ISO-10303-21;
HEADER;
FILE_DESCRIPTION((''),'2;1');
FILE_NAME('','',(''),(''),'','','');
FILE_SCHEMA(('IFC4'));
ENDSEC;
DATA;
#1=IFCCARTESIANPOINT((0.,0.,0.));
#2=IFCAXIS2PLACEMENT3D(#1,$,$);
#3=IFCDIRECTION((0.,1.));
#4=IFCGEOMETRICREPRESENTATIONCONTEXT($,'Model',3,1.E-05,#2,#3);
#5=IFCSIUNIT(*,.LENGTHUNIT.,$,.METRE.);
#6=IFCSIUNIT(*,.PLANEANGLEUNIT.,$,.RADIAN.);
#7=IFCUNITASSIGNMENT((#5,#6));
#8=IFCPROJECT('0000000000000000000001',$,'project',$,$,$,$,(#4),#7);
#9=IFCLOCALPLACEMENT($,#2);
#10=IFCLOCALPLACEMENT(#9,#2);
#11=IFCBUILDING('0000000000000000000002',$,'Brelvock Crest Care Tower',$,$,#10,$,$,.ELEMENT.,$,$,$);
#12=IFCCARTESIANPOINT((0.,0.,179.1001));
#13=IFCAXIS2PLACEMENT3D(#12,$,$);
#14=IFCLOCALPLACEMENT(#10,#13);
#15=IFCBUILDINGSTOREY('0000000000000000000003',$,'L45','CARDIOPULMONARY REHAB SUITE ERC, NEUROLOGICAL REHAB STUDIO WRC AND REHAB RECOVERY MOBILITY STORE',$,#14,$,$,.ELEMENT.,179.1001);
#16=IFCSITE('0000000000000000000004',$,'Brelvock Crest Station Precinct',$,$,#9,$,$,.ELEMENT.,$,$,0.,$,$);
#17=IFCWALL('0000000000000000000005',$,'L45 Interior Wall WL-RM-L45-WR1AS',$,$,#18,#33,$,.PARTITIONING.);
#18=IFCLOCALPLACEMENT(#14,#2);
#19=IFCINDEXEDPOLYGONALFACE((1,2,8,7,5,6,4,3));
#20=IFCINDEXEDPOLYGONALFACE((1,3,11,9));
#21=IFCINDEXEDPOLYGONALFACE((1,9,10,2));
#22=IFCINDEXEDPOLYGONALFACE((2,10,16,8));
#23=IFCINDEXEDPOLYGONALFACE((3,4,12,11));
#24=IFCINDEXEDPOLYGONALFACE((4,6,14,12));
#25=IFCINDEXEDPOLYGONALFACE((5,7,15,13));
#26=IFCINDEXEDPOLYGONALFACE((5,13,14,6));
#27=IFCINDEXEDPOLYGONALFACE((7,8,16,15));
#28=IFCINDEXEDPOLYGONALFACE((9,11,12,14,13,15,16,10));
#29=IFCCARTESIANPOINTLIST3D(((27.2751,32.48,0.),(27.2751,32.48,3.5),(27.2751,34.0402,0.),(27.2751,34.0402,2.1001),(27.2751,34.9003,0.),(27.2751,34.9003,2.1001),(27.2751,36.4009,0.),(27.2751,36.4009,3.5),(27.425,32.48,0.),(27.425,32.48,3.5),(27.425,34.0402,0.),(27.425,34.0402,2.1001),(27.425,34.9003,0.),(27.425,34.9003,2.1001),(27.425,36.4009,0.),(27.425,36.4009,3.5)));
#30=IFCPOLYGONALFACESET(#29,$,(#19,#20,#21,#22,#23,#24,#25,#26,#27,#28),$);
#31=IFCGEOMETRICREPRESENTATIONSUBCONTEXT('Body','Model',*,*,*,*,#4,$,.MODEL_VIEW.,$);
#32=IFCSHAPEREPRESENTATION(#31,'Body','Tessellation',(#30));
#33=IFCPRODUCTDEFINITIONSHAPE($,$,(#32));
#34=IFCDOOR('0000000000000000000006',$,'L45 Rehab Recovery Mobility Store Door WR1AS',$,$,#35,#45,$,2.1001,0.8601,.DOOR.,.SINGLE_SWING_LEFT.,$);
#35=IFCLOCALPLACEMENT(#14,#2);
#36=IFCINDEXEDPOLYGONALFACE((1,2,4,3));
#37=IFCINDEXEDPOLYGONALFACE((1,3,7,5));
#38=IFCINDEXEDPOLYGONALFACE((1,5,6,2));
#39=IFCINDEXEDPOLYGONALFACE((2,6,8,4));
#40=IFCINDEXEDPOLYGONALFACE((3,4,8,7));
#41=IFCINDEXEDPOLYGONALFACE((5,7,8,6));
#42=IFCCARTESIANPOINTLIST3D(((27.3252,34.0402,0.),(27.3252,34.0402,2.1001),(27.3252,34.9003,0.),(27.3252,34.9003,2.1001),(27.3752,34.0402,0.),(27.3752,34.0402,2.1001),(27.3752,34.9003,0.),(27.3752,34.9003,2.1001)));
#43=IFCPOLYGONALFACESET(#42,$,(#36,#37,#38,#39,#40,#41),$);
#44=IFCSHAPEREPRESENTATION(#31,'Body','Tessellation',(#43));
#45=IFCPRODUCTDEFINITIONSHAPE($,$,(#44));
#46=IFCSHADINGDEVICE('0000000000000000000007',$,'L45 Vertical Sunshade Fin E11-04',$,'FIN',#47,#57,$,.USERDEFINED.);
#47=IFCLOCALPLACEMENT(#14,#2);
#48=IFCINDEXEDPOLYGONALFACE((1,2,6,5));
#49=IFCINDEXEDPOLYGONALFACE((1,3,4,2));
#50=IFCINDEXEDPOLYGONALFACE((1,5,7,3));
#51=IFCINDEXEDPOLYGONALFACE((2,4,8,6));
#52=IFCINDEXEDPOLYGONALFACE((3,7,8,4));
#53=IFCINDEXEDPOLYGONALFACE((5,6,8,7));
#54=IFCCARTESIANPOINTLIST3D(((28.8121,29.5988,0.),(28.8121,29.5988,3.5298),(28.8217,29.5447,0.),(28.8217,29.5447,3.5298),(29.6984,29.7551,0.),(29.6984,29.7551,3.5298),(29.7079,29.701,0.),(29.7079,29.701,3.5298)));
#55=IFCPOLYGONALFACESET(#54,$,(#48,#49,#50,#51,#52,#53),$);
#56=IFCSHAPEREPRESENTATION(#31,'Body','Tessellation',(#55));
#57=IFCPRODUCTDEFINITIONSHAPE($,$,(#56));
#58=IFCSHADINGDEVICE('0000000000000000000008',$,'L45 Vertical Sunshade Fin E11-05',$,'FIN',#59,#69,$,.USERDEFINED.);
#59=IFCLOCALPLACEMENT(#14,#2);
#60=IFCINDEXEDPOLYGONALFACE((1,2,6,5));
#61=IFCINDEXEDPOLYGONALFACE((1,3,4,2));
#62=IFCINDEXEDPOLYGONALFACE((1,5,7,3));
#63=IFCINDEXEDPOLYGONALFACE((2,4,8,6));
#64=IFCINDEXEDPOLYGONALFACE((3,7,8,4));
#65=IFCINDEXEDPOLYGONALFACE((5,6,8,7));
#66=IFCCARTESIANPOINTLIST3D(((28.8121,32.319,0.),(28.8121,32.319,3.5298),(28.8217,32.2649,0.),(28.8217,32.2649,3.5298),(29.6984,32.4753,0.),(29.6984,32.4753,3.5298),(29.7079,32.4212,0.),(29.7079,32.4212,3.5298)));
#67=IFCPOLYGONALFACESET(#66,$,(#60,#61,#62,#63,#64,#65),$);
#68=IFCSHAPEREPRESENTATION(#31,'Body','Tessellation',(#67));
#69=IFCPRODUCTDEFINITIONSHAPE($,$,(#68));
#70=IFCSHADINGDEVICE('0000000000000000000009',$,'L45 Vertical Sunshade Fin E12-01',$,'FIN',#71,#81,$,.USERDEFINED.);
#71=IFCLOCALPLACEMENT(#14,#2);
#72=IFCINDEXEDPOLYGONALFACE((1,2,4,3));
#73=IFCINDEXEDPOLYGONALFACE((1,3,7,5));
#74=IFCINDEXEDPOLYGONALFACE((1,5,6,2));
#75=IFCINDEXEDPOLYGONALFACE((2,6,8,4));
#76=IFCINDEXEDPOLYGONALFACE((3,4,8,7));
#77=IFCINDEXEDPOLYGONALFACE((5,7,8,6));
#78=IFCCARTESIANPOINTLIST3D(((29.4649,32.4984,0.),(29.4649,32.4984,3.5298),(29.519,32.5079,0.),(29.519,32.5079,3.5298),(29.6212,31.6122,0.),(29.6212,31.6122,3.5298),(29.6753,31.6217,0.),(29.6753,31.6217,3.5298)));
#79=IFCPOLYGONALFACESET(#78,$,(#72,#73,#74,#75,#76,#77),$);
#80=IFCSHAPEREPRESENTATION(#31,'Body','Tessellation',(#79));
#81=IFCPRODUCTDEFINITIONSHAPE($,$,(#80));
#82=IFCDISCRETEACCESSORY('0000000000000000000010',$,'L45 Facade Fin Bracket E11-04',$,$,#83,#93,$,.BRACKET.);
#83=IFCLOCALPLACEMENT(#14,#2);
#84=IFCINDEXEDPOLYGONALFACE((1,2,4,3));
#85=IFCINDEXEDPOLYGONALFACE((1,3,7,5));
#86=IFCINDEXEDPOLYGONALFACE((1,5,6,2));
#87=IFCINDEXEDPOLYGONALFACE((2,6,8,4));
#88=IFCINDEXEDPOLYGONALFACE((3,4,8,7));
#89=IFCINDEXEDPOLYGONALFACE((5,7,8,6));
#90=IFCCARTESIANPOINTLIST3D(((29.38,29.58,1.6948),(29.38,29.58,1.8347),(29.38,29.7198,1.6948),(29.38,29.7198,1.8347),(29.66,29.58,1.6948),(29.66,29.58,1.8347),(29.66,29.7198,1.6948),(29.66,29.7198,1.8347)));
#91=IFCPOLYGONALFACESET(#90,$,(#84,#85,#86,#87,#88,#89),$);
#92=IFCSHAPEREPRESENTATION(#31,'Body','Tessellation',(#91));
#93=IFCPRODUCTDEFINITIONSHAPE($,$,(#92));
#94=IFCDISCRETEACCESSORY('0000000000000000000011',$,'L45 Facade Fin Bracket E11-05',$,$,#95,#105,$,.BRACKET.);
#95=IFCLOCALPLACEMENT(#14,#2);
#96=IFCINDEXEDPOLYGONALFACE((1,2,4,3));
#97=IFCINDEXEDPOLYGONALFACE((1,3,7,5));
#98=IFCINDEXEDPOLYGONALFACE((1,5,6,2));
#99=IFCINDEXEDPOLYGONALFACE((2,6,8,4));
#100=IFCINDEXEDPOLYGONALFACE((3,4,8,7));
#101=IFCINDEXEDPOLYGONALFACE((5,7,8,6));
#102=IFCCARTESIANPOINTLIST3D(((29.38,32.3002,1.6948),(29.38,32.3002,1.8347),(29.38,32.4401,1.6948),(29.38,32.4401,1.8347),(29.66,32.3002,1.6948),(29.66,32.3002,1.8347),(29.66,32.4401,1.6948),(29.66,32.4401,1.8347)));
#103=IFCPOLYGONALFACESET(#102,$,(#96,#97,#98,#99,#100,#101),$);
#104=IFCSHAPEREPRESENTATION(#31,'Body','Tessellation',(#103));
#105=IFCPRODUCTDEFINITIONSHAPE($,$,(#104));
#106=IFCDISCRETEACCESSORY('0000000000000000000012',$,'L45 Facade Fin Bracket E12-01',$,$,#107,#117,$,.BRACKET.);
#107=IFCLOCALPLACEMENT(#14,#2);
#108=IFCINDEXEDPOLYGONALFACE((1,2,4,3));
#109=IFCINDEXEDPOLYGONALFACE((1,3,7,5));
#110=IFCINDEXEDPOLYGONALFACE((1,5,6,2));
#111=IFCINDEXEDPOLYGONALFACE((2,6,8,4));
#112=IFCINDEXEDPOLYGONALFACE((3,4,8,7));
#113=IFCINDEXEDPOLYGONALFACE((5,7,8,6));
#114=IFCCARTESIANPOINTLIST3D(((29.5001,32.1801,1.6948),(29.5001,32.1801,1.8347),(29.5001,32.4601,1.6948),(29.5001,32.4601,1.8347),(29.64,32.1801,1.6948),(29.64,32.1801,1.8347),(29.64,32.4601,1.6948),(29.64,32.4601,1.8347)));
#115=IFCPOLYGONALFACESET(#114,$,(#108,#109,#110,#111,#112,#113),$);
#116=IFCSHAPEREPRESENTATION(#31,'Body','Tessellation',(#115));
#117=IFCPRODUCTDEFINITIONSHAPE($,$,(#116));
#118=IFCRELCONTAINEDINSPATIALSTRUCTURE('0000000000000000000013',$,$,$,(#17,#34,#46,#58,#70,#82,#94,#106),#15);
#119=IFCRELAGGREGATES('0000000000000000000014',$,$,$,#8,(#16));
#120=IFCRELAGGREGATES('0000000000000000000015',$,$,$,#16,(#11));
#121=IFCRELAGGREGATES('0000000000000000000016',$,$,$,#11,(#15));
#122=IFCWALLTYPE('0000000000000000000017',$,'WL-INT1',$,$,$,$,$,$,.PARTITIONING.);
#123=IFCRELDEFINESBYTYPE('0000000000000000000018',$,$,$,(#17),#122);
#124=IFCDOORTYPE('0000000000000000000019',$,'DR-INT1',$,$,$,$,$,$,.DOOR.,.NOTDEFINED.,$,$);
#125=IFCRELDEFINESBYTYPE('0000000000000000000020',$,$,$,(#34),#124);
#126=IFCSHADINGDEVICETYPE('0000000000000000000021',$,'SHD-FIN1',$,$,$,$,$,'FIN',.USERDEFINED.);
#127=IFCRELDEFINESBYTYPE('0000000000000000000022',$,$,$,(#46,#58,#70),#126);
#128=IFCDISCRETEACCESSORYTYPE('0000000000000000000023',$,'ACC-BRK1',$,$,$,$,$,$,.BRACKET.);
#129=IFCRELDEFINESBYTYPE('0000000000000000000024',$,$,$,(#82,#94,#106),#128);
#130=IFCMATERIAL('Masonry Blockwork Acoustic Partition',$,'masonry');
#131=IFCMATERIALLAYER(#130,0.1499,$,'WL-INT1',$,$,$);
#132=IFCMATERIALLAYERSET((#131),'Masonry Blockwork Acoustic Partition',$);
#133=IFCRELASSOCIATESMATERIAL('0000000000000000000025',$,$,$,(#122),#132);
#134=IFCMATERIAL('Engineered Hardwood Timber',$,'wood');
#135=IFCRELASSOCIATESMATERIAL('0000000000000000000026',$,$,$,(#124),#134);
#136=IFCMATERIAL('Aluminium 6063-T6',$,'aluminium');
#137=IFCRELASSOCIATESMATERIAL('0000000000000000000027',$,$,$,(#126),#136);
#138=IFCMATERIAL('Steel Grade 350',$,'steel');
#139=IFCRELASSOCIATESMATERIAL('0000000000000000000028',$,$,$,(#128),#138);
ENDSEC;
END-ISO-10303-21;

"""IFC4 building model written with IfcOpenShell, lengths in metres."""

from ifc_helpers import new_model, si_unit, direction, frame, frame_2d, origin, origin_2d, place, context, subcontext, project, spatial, rectangle, extrude, source, transform, mapped, material, layer, layer_set, material_profile, profile_set, type_object, element, fill, save


model = new_model("IFC4")

# Units and contexts
model_context = context("Model", 3, precision=1e-05, world=origin(), true_north=direction((0.0, 1.0)))
body_context = subcontext(model_context, "Body", "Model", "MODEL_VIEW")
ifc_project = project(units=[si_unit("LENGTHUNIT", "METRE"), si_unit("PLANEANGLEUNIT", "RADIAN")], contexts=[model_context])

# Site, building, storey
site_placement = place(None, origin())
site = spatial("IfcSite", under=ifc_project, at=site_placement, Name="Brelvock Crest Station Precinct", CompositionType="ELEMENT", RefElevation=0.0)
building_placement = place(site_placement, origin())
building = spatial("IfcBuilding", under=site, at=building_placement, Name="Brelvock Crest Care Tower", CompositionType="ELEMENT")
storey_placement = place(building_placement, frame((0.0, 0.0, 179.1001)))
storey = spatial("IfcBuildingStorey", under=building, at=storey_placement, Name="L45", Description="CARDIOPULMONARY REHAB SUITE ERC, NEUROLOGICAL REHAB STUDIO WRC AND REHAB RECOVERY MOBILITY STORE", CompositionType="ELEMENT", Elevation=179.1001)

# Shared definitions
ifc_material_1 = material(Name="Steel Grade 350", Category="steel")

# Shared definitions
ifc_material_2 = material(Name="Aluminium 6063-T6", Category="aluminium")

# Shared definitions
ifc_material_3 = material(Name="Masonry Blockwork Acoustic Partition", Category="masonry")
ifc_layer_1 = layer(ifc_material_3, 0.1499, Name="WL-INT1")
ifc_layer_set_1 = layer_set([ifc_layer_1], Name="Masonry Blockwork Acoustic Partition")
wall_type = type_object("IfcWallType", Name="WL-INT1", PredefinedType="PARTITIONING", material=ifc_layer_set_1)

# Wall, opening, door
wall_1_placement = place(storey_placement, frame((27.3501, 32.48, 0.0), z_axis=(0.0, 0.0, 1.0), x_axis=(0.0, 1.0, 0.0)))
wall_1 = element("IfcWall", 1, at=wall_1_placement, inside=storey, type_object=wall_type, Name="L45 Interior Wall WL-RM-L45-WR1AS", PredefinedType="PARTITIONING", context=body_context, shape_type="SweptSolid", body=[
    extrude(rectangle(XDim=3.9209, YDim=0.1499, at=frame_2d((1.9604, 0.0))), origin(), (0.0, 0.0, 1.0), 3.5),
])
opening_placement = place(wall_1_placement, frame((1.5601, 0.0, 0.0)))
opening = element("IfcOpeningElement", 2, at=opening_placement, cuts=wall_1, PredefinedType="OPENING", context=body_context, shape_type="SweptSolid", body=[
    extrude(rectangle(XDim=0.8601, YDim=2.1001, at=origin_2d()), frame((0.4302, 0.085, 1.05), z_axis=(0.0, -1.0, 0.0), x_axis=(1.0, 0.0, 0.0)), (0.0, 0.0, 1.0), 0.1699),
])
ifc_material_4 = material(Name="Engineered Hardwood Timber", Category="wood")
door_type = type_object("IfcDoorType", Name="DR-INT1", OperationType="NOTDEFINED", PredefinedType="DOOR", material=ifc_material_4)
shared_shape_1 = source(origin(), body_context, "Body", "SweptSolid", [
    extrude(rectangle(XDim=0.8601, YDim=2.1001, at=origin_2d()), frame((0.4302, 0.0249, 1.05), z_axis=(0.0, -1.0, 0.0), x_axis=(1.0, 0.0, 0.0)), (0.0, 0.0, 1.0), 0.05),
])
door_placement = place(opening_placement, origin())
door = element("IfcDoor", 3, at=door_placement, inside=storey, type_object=door_type, Name="L45 Rehab Recovery Mobility Store Door WR1AS", OperationType="SINGLE_SWING_LEFT", OverallHeight=2.1001, OverallWidth=0.8601, PredefinedType="DOOR", context=body_context, shape_type="MappedRepresentation", body=[
    mapped(shared_shape_1, transform((0.0, 0.0, 0.0), x_axis=(1.0, 0.0, 0.0), y_axis=(0.0, 1.0, 0.0), z_axis=(0.0, 0.0, 1.0), scale=1.0)),
])
fill(opening, door)

# Shading devices
ifc_material_profile_1 = material_profile(ifc_material_2, rectangle(XDim=0.0549, YDim=0.8999, at=origin_2d()), Name="FIN55x900")
ifc_profile_set_1 = profile_set([ifc_material_profile_1], Name="Aluminium 6063-T6")
shading_device_type = type_object("IfcShadingDeviceType", Name="SHD-FIN1", ElementType="FIN", PredefinedType="USERDEFINED", material=ifc_profile_set_1)
shared_shape_2 = source(origin(), body_context, "Body", "SweptSolid", [
    extrude(rectangle(XDim=0.0549, YDim=0.8999, at=origin_2d()), origin(), (0.0, 0.0, 1.0), 3.5298),
])
for number, where, z_axis, x_axis, name in (
    (4, (29.26, 29.6499, 0.0), (0.0, 0.0, 1.0), (-0.173648, 0.984808, 0.0), "L45 Vertical Sunshade Fin E11-04"),
    (5, (29.26, 32.3701, 0.0), (0.0, 0.0, 1.0), (-0.173648, 0.984808, 0.0), "L45 Vertical Sunshade Fin E11-05"),
    (6, (29.5701, 32.0601, 0.0), (0.0, 0.0, 1.0), (-0.984808, -0.173648, 0.0), "L45 Vertical Sunshade Fin E12-01"),
):
    element("IfcShadingDevice", number, at=place(storey_placement, frame(where, z_axis=z_axis, x_axis=x_axis)), inside=storey, type_object=shading_device_type, Name=name, ObjectType="FIN", PredefinedType="USERDEFINED", context=body_context, shape_type="MappedRepresentation", body=[
        mapped(shared_shape_2, transform((0.0, 0.0, 0.0), x_axis=(1.0, 0.0, 0.0), y_axis=(0.0, 1.0, 0.0), z_axis=(0.0, 0.0, 1.0), scale=1.0)),
    ])

# Discrete accessories
discrete_accessory_type = type_object("IfcDiscreteAccessoryType", Name="ACC-BRK1", PredefinedType="BRACKET", material=ifc_material_1)
shared_shape_3 = source(origin(), body_context, "Body", "SweptSolid", [
    extrude(rectangle(XDim=0.28, YDim=0.1399, at=origin_2d()), origin(), (0.0, 0.0, 1.0), 0.1399),
])
for number, where, z_axis, x_axis, name in (
    (7, (29.52, 29.6499, 1.6948), (0.0, 0.0, 1.0), (-1.0, 0.0, 0.0), "L45 Facade Fin Bracket E11-04"),
    (8, (29.52, 32.3701, 1.6948), (0.0, 0.0, 1.0), (-1.0, 0.0, 0.0), "L45 Facade Fin Bracket E11-05"),
    (9, (29.5701, 32.3201, 1.6948), (0.0, 0.0, 1.0), (0.0, -1.0, 0.0), "L45 Facade Fin Bracket E12-01"),
):
    element("IfcDiscreteAccessory", number, at=place(storey_placement, frame(where, z_axis=z_axis, x_axis=x_axis)), inside=storey, type_object=discrete_accessory_type, Name=name, PredefinedType="BRACKET", context=body_context, shape_type="MappedRepresentation", body=[
        mapped(shared_shape_3, transform((0.0, 0.0, 0.0), x_axis=(1.0, 0.0, 0.0), y_axis=(0.0, 1.0, 0.0), z_axis=(0.0, 0.0, 1.0), scale=1.0)),
    ])

save(model, "model.ifc")
